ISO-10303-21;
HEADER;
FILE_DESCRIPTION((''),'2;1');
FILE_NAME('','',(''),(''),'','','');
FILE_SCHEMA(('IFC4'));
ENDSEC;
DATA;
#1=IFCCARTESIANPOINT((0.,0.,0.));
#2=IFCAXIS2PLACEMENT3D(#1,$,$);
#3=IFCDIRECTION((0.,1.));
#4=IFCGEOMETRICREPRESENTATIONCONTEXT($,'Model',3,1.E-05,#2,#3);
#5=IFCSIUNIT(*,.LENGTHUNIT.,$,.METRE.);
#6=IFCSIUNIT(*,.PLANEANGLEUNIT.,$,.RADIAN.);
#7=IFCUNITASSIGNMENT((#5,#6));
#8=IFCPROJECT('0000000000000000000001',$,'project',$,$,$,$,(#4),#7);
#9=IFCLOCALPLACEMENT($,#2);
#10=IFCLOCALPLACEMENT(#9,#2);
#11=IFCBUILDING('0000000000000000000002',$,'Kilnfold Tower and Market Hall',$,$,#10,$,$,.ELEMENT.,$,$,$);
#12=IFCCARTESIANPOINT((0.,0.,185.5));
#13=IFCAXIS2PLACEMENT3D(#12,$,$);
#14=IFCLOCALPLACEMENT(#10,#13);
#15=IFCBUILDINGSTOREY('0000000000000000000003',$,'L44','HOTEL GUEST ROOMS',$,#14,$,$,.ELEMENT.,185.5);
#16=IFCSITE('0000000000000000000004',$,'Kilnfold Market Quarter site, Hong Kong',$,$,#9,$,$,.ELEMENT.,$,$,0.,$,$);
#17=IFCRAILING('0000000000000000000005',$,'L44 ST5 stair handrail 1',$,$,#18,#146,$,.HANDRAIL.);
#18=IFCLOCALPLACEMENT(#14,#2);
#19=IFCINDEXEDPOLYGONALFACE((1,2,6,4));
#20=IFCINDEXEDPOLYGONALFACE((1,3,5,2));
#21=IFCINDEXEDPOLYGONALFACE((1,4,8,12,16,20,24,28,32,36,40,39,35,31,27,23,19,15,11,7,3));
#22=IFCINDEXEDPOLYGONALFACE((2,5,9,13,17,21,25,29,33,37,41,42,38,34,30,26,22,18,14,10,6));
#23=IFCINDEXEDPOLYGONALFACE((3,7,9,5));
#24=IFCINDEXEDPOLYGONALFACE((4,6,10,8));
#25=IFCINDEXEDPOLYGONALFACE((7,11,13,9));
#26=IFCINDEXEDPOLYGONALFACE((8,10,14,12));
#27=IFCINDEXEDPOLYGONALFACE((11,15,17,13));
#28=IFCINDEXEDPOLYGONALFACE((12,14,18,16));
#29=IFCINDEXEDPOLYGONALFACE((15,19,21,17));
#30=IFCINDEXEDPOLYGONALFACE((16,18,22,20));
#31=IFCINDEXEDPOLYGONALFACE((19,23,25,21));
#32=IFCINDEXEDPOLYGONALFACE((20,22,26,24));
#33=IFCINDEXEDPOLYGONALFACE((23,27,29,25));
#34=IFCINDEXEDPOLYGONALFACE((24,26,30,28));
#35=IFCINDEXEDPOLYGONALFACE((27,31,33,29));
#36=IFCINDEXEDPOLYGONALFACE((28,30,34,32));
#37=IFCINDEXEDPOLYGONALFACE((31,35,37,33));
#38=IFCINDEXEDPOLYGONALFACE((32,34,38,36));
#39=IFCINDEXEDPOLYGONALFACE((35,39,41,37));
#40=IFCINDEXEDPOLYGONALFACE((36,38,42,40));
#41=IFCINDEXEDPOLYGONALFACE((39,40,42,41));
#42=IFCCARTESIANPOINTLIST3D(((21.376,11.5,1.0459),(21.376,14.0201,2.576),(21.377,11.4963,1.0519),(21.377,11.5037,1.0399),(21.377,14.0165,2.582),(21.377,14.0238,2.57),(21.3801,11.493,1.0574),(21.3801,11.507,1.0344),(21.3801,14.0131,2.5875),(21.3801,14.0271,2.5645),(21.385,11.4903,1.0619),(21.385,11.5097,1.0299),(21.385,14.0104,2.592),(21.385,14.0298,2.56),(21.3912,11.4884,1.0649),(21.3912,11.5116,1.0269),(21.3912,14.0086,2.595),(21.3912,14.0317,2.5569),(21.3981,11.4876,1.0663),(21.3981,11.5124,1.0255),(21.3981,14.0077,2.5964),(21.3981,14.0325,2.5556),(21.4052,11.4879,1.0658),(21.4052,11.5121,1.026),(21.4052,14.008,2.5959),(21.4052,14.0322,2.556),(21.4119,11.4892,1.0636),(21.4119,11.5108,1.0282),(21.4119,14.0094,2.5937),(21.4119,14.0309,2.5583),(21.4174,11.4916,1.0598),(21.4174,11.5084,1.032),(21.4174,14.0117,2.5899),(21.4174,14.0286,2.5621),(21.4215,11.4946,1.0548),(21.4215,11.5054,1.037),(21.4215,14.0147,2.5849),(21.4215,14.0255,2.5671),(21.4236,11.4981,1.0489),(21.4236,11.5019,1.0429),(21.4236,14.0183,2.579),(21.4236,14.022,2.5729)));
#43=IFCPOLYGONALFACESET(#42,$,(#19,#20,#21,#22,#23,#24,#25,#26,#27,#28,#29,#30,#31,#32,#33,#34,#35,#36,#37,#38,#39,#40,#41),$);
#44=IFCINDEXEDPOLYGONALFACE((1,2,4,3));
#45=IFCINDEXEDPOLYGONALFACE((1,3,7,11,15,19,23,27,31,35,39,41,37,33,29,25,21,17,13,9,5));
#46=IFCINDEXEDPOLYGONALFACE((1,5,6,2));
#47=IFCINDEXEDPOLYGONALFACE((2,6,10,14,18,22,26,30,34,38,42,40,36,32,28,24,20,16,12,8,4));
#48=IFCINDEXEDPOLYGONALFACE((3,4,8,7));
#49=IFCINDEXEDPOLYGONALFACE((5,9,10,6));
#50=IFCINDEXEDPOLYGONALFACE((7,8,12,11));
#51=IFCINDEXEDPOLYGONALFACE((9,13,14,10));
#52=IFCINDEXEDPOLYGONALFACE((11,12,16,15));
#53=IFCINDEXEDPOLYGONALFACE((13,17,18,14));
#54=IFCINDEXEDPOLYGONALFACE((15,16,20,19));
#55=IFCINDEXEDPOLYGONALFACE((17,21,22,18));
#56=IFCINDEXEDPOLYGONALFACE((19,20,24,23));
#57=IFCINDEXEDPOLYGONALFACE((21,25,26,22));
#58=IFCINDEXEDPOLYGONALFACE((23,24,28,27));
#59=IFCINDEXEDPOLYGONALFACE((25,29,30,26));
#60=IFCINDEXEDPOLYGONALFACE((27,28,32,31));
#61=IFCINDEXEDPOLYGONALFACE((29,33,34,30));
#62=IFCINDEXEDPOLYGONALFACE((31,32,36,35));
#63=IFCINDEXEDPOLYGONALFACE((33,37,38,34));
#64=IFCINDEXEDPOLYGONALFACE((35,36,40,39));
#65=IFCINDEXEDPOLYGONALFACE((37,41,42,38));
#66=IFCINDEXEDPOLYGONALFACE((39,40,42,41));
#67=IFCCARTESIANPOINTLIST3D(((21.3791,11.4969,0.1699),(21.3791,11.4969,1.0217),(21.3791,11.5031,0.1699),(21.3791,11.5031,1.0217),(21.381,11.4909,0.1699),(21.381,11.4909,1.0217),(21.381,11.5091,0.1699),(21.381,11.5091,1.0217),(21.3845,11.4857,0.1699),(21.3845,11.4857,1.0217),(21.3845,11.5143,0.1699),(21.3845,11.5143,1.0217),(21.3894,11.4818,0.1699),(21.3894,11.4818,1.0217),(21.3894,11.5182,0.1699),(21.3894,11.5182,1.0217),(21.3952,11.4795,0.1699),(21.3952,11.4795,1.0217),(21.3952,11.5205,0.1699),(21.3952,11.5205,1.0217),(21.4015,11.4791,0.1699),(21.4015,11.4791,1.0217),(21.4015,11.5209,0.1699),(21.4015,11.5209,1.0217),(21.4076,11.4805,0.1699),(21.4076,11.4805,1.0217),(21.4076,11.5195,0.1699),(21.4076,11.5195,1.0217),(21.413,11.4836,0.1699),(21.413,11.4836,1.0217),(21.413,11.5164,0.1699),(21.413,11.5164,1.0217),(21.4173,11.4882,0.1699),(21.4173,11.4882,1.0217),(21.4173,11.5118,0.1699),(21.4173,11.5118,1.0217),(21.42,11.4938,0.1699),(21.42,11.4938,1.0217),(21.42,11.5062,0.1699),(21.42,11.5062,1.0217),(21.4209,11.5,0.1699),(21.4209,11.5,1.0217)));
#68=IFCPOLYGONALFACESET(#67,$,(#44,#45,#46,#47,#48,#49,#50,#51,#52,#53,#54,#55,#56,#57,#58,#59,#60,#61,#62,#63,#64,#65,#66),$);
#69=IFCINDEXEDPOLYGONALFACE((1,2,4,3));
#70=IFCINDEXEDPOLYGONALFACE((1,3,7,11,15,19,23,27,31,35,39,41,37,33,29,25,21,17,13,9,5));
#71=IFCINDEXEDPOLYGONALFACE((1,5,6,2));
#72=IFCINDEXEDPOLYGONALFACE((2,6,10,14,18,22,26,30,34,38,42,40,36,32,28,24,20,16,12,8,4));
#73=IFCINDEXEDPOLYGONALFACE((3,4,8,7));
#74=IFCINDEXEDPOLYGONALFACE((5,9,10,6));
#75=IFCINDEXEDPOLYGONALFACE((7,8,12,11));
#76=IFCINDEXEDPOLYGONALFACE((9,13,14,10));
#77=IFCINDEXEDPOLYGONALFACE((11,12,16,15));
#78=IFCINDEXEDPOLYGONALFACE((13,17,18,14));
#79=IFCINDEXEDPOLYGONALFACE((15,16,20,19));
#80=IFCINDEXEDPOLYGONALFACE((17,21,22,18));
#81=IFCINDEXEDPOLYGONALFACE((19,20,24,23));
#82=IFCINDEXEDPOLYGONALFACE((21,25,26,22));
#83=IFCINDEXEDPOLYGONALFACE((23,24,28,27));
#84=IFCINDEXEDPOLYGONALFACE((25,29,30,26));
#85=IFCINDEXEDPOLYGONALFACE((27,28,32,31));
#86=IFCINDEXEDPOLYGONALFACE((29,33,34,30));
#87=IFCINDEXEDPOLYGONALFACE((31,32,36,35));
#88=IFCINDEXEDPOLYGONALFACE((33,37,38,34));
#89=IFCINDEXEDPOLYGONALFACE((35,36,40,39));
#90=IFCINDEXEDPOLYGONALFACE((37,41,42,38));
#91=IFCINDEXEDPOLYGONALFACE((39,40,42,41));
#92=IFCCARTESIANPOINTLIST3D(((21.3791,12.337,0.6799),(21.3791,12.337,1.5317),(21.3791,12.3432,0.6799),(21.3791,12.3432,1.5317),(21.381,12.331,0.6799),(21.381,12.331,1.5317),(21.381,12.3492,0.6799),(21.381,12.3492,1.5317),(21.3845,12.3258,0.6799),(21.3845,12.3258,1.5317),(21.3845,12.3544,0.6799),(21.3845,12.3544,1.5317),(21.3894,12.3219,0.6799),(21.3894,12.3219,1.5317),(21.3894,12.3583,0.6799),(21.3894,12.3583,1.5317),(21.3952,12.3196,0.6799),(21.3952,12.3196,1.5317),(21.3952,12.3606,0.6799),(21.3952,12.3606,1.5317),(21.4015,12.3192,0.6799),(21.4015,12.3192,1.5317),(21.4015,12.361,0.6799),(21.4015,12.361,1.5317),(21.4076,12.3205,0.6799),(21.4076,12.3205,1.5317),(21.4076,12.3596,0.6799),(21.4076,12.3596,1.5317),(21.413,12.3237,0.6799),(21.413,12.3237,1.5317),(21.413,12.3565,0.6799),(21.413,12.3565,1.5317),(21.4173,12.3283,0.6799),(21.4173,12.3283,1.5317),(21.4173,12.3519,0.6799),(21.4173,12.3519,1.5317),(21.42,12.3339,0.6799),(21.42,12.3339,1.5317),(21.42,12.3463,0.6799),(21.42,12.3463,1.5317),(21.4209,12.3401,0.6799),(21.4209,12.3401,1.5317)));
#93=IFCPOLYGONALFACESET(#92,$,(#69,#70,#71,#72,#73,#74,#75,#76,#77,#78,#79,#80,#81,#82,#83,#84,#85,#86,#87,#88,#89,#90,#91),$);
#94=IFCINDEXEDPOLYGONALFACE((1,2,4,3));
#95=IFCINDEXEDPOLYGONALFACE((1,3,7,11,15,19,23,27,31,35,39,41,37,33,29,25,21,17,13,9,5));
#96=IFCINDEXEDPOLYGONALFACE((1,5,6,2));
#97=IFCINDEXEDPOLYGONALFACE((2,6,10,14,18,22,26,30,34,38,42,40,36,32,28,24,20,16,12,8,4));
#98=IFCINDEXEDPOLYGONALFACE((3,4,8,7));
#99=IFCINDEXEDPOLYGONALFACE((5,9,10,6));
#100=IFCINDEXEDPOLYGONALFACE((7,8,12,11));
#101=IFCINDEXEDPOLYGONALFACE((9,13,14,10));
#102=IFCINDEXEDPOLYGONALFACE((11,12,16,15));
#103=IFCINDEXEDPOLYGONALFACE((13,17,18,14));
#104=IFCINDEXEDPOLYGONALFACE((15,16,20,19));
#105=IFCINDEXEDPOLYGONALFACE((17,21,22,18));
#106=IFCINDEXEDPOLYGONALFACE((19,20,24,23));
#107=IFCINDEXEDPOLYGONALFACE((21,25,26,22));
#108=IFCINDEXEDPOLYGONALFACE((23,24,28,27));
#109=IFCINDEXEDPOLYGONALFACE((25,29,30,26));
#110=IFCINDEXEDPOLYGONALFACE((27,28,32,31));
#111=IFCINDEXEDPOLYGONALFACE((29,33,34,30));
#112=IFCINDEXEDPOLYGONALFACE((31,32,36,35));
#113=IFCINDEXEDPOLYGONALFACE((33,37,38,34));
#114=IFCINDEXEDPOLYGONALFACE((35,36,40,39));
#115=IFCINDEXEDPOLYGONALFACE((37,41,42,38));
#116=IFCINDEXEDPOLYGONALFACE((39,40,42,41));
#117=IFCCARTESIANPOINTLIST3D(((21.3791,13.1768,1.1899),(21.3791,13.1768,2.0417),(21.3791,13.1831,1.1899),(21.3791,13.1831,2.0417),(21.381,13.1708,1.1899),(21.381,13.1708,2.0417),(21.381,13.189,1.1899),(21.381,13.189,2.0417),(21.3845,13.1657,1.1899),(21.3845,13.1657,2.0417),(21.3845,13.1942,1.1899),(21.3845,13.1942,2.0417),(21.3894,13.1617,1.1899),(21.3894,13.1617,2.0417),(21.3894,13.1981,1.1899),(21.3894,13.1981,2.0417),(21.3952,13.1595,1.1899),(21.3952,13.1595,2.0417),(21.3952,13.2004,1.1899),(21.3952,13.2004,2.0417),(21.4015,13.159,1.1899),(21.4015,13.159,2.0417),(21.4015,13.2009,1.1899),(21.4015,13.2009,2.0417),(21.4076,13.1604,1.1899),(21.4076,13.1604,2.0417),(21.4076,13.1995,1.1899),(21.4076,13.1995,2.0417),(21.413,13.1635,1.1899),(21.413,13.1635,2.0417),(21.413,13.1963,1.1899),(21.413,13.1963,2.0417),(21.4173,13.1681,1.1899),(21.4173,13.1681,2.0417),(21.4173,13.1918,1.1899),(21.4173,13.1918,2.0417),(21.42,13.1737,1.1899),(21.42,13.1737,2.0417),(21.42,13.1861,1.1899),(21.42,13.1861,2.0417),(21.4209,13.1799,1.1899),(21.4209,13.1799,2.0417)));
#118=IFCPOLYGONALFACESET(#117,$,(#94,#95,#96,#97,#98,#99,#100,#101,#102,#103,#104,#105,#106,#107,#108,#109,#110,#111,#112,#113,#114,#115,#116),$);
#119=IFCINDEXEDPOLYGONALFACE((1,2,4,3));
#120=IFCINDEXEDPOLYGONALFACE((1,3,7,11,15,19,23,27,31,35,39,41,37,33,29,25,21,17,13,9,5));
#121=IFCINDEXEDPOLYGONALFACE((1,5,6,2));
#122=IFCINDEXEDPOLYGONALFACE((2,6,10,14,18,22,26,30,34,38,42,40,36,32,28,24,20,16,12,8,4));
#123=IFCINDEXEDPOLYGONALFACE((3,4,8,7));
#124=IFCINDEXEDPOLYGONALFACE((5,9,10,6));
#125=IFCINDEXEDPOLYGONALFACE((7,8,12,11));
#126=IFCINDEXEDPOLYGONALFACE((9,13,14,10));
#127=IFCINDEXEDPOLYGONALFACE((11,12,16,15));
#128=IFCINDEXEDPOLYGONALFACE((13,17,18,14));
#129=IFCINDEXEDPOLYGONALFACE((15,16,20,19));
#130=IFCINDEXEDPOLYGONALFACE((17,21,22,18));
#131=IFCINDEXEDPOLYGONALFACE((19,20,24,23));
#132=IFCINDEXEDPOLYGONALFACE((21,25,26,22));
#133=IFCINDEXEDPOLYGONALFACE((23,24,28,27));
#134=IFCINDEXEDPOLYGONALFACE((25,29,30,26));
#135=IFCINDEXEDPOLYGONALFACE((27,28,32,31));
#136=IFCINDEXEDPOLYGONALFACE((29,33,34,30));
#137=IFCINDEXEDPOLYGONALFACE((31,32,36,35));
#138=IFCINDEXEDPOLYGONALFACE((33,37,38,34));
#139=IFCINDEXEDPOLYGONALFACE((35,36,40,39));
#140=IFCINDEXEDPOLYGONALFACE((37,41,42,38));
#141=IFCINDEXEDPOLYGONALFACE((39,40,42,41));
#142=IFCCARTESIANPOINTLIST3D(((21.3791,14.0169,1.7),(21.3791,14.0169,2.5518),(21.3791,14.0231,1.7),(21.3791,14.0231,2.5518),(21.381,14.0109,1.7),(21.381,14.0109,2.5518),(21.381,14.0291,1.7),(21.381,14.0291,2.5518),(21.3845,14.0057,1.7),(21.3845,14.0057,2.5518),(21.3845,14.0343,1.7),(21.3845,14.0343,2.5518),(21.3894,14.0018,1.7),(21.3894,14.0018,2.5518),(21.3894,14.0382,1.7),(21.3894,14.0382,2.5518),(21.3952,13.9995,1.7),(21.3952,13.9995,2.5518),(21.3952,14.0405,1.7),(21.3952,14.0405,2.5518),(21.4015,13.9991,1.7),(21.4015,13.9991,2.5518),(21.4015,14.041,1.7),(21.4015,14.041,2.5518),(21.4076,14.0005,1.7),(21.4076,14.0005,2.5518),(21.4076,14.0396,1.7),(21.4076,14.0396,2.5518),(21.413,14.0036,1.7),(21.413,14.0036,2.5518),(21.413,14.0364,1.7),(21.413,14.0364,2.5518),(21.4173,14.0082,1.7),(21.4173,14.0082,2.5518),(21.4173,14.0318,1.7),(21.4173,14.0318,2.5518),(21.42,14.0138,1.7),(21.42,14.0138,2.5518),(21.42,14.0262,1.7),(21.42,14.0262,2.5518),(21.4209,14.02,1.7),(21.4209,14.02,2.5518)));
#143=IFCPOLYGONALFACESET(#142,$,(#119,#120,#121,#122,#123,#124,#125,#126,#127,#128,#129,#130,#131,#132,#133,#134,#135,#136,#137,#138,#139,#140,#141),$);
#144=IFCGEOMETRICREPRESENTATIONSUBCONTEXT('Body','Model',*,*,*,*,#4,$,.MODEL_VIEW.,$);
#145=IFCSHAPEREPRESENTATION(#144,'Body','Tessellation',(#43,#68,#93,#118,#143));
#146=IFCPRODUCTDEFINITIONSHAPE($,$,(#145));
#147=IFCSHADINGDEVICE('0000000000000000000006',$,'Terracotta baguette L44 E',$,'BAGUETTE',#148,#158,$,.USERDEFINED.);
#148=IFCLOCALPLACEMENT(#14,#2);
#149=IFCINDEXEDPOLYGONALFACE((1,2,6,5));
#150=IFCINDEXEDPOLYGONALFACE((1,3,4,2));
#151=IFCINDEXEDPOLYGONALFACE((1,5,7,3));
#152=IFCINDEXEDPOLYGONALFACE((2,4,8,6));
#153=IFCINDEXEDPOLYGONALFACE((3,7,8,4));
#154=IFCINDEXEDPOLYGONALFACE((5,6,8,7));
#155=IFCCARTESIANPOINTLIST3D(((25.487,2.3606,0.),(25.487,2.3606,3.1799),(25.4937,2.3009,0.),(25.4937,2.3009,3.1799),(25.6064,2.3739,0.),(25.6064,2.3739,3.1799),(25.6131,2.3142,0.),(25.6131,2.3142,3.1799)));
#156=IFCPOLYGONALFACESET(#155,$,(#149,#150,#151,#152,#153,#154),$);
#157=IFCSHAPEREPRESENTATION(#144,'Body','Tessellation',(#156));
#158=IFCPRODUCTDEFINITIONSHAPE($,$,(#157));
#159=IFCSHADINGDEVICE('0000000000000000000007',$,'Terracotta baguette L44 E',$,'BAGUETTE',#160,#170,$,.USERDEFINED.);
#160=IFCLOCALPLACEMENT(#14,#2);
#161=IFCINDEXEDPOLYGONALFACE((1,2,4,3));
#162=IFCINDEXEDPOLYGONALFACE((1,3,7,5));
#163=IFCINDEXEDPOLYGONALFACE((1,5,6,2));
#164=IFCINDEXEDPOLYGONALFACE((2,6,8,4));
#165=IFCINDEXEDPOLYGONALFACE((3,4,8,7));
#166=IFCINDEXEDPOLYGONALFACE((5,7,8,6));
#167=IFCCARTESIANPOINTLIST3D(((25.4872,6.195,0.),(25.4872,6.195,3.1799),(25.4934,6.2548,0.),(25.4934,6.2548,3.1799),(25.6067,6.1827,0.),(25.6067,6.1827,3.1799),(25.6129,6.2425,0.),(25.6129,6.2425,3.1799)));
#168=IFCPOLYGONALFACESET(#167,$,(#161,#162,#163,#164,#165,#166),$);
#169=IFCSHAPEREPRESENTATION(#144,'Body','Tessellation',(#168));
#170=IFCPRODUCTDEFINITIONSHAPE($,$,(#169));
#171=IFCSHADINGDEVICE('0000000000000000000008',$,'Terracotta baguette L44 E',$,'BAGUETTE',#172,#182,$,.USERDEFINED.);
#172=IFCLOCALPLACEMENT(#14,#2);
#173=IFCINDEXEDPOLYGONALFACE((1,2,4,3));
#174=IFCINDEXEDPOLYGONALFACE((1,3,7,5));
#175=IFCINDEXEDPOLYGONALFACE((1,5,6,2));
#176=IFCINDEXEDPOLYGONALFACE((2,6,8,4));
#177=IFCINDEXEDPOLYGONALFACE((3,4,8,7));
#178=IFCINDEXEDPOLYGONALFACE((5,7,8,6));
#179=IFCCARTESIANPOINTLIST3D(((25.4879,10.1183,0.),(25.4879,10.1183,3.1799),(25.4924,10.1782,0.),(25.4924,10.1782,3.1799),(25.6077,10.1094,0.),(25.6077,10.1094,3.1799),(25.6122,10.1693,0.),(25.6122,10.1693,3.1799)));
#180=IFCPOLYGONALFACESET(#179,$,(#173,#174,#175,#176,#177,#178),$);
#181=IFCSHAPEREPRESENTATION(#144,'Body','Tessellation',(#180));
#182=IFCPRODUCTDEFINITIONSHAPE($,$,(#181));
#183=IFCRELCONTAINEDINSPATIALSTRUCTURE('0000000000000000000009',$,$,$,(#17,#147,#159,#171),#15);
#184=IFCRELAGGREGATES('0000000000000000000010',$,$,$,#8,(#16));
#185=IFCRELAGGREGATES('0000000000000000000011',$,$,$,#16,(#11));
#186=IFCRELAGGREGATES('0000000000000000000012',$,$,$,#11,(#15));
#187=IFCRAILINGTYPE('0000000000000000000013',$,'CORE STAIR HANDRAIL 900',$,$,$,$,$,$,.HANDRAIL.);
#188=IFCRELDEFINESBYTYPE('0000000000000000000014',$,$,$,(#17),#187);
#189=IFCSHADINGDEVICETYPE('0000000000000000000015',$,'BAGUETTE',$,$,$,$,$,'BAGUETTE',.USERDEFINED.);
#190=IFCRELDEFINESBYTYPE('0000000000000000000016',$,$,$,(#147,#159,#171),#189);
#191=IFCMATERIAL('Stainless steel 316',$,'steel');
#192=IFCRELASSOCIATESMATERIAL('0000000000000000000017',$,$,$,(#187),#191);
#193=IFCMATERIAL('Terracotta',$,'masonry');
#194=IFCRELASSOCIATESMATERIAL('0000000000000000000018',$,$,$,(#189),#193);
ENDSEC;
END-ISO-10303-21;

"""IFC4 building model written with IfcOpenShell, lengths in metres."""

from ifc_helpers import new_model, si_unit, direction, frame, origin, origin_2d, place, context, subcontext, project, spatial, rectangle, circle, extrude, source, transform, mapped, material, material_profile, profile_set, type_object, element, save


model = new_model("IFC4")

# Units and contexts
model_context = context("Model", 3, precision=1e-05, world=origin(), true_north=direction((0.0, 1.0)))
body_context = subcontext(model_context, "Body", "Model", "MODEL_VIEW")
ifc_project = project(units=[si_unit("LENGTHUNIT", "METRE"), si_unit("PLANEANGLEUNIT", "RADIAN")], contexts=[model_context])

# Site, building, storey
site_placement = place(None, origin())
site = spatial("IfcSite", under=ifc_project, at=site_placement, Name="Kilnfold Market Quarter site, Hong Kong", CompositionType="ELEMENT", RefElevation=0.0)
building_placement = place(site_placement, origin())
building = spatial("IfcBuilding", under=site, at=building_placement, Name="Kilnfold Tower and Market Hall", CompositionType="ELEMENT")
storey_placement = place(building_placement, frame((0.0, 0.0, 185.5)))
storey = spatial("IfcBuildingStorey", under=building, at=storey_placement, Name="L44", Description="HOTEL GUEST ROOMS", CompositionType="ELEMENT", Elevation=185.5)

# Railing
ifc_material_1 = material(Name="Stainless steel 316", Category="steel")
railing_type_1 = type_object("IfcRailingType", Name="CORE STAIR HANDRAIL 900", PredefinedType="HANDRAIL", material=ifc_material_1)
for number, where, name in (
    (1, (21.3999, 11.5, 0.1699), "L44 ST5 stair handrail 1"),
):
    element("IfcRailing", number, at=place(storey_placement, frame(where)), inside=storey, type_object=railing_type_1, Name=name, PredefinedType="HANDRAIL", context=body_context, shape_type="SweptSolid", body=[
        extrude(circle(Radius=0.0239, at=origin_2d()), frame((0.0, 0.0, 0.876), z_axis=(0.0, 0.854785, 0.518982), x_axis=(-1.0, 0.0, 0.0)), (0.0, 0.0, 1.0), 2.9482),
        extrude(circle(Radius=0.021, at=origin_2d()), origin(), (0.0, 0.0, 1.0), 0.8518),
        extrude(circle(Radius=0.021, at=origin_2d()), frame((0.0, 0.8401, 0.51)), (0.0, 0.0, 1.0), 0.8518),
        extrude(circle(Radius=0.021, at=origin_2d()), frame((0.0, 1.6799, 1.02)), (0.0, 0.0, 1.0), 0.8518),
        extrude(circle(Radius=0.021, at=origin_2d()), frame((0.0, 2.52, 1.53)), (0.0, 0.0, 1.0), 0.8518),
    ])

# Shading devices
ifc_material_2 = material(Name="Terracotta", Category="masonry")
ifc_material_profile_1 = material_profile(ifc_material_2, rectangle(XDim=0.0601, YDim=0.1201, at=origin_2d()), Name="BAG 60x120")
ifc_profile_set_1 = profile_set([ifc_material_profile_1], Name="Terracotta")
shading_device_type = type_object("IfcShadingDeviceType", Name="BAGUETTE", ElementType="BAGUETTE", PredefinedType="USERDEFINED", material=ifc_profile_set_1)
shared_shape_1 = source(origin(), body_context, "Body", "SweptSolid", [
    extrude(rectangle(XDim=0.0601, YDim=0.1201, at=origin_2d()), origin(), (0.0, 0.0, 1.0), 3.1799),
])
for number, where, z_axis, x_axis, name in (
    (2, (25.55, 2.3374, 0.0), (0.0, 0.0, 1.0), (-0.11089, 0.993833, 0.0), "Terracotta baguette L44 E"),
    (3, (25.55, 6.2188, 0.0), (0.0, 0.0, 1.0), (0.102056, 0.994779, 0.0), "Terracotta baguette L44 E"),
    (4, (25.55, 10.1438, 0.0), (0.0, 0.0, 1.0), (0.073926, 0.997264, 0.0), "Terracotta baguette L44 E"),
):
    element("IfcShadingDevice", number, at=place(storey_placement, frame(where, z_axis=z_axis, x_axis=x_axis)), inside=storey, type_object=shading_device_type, Name=name, ObjectType="BAGUETTE", PredefinedType="USERDEFINED", context=body_context, shape_type="MappedRepresentation", body=[
        mapped(shared_shape_1, transform((0.0, 0.0, 0.0))),
    ])

save(model, "model.ifc")
